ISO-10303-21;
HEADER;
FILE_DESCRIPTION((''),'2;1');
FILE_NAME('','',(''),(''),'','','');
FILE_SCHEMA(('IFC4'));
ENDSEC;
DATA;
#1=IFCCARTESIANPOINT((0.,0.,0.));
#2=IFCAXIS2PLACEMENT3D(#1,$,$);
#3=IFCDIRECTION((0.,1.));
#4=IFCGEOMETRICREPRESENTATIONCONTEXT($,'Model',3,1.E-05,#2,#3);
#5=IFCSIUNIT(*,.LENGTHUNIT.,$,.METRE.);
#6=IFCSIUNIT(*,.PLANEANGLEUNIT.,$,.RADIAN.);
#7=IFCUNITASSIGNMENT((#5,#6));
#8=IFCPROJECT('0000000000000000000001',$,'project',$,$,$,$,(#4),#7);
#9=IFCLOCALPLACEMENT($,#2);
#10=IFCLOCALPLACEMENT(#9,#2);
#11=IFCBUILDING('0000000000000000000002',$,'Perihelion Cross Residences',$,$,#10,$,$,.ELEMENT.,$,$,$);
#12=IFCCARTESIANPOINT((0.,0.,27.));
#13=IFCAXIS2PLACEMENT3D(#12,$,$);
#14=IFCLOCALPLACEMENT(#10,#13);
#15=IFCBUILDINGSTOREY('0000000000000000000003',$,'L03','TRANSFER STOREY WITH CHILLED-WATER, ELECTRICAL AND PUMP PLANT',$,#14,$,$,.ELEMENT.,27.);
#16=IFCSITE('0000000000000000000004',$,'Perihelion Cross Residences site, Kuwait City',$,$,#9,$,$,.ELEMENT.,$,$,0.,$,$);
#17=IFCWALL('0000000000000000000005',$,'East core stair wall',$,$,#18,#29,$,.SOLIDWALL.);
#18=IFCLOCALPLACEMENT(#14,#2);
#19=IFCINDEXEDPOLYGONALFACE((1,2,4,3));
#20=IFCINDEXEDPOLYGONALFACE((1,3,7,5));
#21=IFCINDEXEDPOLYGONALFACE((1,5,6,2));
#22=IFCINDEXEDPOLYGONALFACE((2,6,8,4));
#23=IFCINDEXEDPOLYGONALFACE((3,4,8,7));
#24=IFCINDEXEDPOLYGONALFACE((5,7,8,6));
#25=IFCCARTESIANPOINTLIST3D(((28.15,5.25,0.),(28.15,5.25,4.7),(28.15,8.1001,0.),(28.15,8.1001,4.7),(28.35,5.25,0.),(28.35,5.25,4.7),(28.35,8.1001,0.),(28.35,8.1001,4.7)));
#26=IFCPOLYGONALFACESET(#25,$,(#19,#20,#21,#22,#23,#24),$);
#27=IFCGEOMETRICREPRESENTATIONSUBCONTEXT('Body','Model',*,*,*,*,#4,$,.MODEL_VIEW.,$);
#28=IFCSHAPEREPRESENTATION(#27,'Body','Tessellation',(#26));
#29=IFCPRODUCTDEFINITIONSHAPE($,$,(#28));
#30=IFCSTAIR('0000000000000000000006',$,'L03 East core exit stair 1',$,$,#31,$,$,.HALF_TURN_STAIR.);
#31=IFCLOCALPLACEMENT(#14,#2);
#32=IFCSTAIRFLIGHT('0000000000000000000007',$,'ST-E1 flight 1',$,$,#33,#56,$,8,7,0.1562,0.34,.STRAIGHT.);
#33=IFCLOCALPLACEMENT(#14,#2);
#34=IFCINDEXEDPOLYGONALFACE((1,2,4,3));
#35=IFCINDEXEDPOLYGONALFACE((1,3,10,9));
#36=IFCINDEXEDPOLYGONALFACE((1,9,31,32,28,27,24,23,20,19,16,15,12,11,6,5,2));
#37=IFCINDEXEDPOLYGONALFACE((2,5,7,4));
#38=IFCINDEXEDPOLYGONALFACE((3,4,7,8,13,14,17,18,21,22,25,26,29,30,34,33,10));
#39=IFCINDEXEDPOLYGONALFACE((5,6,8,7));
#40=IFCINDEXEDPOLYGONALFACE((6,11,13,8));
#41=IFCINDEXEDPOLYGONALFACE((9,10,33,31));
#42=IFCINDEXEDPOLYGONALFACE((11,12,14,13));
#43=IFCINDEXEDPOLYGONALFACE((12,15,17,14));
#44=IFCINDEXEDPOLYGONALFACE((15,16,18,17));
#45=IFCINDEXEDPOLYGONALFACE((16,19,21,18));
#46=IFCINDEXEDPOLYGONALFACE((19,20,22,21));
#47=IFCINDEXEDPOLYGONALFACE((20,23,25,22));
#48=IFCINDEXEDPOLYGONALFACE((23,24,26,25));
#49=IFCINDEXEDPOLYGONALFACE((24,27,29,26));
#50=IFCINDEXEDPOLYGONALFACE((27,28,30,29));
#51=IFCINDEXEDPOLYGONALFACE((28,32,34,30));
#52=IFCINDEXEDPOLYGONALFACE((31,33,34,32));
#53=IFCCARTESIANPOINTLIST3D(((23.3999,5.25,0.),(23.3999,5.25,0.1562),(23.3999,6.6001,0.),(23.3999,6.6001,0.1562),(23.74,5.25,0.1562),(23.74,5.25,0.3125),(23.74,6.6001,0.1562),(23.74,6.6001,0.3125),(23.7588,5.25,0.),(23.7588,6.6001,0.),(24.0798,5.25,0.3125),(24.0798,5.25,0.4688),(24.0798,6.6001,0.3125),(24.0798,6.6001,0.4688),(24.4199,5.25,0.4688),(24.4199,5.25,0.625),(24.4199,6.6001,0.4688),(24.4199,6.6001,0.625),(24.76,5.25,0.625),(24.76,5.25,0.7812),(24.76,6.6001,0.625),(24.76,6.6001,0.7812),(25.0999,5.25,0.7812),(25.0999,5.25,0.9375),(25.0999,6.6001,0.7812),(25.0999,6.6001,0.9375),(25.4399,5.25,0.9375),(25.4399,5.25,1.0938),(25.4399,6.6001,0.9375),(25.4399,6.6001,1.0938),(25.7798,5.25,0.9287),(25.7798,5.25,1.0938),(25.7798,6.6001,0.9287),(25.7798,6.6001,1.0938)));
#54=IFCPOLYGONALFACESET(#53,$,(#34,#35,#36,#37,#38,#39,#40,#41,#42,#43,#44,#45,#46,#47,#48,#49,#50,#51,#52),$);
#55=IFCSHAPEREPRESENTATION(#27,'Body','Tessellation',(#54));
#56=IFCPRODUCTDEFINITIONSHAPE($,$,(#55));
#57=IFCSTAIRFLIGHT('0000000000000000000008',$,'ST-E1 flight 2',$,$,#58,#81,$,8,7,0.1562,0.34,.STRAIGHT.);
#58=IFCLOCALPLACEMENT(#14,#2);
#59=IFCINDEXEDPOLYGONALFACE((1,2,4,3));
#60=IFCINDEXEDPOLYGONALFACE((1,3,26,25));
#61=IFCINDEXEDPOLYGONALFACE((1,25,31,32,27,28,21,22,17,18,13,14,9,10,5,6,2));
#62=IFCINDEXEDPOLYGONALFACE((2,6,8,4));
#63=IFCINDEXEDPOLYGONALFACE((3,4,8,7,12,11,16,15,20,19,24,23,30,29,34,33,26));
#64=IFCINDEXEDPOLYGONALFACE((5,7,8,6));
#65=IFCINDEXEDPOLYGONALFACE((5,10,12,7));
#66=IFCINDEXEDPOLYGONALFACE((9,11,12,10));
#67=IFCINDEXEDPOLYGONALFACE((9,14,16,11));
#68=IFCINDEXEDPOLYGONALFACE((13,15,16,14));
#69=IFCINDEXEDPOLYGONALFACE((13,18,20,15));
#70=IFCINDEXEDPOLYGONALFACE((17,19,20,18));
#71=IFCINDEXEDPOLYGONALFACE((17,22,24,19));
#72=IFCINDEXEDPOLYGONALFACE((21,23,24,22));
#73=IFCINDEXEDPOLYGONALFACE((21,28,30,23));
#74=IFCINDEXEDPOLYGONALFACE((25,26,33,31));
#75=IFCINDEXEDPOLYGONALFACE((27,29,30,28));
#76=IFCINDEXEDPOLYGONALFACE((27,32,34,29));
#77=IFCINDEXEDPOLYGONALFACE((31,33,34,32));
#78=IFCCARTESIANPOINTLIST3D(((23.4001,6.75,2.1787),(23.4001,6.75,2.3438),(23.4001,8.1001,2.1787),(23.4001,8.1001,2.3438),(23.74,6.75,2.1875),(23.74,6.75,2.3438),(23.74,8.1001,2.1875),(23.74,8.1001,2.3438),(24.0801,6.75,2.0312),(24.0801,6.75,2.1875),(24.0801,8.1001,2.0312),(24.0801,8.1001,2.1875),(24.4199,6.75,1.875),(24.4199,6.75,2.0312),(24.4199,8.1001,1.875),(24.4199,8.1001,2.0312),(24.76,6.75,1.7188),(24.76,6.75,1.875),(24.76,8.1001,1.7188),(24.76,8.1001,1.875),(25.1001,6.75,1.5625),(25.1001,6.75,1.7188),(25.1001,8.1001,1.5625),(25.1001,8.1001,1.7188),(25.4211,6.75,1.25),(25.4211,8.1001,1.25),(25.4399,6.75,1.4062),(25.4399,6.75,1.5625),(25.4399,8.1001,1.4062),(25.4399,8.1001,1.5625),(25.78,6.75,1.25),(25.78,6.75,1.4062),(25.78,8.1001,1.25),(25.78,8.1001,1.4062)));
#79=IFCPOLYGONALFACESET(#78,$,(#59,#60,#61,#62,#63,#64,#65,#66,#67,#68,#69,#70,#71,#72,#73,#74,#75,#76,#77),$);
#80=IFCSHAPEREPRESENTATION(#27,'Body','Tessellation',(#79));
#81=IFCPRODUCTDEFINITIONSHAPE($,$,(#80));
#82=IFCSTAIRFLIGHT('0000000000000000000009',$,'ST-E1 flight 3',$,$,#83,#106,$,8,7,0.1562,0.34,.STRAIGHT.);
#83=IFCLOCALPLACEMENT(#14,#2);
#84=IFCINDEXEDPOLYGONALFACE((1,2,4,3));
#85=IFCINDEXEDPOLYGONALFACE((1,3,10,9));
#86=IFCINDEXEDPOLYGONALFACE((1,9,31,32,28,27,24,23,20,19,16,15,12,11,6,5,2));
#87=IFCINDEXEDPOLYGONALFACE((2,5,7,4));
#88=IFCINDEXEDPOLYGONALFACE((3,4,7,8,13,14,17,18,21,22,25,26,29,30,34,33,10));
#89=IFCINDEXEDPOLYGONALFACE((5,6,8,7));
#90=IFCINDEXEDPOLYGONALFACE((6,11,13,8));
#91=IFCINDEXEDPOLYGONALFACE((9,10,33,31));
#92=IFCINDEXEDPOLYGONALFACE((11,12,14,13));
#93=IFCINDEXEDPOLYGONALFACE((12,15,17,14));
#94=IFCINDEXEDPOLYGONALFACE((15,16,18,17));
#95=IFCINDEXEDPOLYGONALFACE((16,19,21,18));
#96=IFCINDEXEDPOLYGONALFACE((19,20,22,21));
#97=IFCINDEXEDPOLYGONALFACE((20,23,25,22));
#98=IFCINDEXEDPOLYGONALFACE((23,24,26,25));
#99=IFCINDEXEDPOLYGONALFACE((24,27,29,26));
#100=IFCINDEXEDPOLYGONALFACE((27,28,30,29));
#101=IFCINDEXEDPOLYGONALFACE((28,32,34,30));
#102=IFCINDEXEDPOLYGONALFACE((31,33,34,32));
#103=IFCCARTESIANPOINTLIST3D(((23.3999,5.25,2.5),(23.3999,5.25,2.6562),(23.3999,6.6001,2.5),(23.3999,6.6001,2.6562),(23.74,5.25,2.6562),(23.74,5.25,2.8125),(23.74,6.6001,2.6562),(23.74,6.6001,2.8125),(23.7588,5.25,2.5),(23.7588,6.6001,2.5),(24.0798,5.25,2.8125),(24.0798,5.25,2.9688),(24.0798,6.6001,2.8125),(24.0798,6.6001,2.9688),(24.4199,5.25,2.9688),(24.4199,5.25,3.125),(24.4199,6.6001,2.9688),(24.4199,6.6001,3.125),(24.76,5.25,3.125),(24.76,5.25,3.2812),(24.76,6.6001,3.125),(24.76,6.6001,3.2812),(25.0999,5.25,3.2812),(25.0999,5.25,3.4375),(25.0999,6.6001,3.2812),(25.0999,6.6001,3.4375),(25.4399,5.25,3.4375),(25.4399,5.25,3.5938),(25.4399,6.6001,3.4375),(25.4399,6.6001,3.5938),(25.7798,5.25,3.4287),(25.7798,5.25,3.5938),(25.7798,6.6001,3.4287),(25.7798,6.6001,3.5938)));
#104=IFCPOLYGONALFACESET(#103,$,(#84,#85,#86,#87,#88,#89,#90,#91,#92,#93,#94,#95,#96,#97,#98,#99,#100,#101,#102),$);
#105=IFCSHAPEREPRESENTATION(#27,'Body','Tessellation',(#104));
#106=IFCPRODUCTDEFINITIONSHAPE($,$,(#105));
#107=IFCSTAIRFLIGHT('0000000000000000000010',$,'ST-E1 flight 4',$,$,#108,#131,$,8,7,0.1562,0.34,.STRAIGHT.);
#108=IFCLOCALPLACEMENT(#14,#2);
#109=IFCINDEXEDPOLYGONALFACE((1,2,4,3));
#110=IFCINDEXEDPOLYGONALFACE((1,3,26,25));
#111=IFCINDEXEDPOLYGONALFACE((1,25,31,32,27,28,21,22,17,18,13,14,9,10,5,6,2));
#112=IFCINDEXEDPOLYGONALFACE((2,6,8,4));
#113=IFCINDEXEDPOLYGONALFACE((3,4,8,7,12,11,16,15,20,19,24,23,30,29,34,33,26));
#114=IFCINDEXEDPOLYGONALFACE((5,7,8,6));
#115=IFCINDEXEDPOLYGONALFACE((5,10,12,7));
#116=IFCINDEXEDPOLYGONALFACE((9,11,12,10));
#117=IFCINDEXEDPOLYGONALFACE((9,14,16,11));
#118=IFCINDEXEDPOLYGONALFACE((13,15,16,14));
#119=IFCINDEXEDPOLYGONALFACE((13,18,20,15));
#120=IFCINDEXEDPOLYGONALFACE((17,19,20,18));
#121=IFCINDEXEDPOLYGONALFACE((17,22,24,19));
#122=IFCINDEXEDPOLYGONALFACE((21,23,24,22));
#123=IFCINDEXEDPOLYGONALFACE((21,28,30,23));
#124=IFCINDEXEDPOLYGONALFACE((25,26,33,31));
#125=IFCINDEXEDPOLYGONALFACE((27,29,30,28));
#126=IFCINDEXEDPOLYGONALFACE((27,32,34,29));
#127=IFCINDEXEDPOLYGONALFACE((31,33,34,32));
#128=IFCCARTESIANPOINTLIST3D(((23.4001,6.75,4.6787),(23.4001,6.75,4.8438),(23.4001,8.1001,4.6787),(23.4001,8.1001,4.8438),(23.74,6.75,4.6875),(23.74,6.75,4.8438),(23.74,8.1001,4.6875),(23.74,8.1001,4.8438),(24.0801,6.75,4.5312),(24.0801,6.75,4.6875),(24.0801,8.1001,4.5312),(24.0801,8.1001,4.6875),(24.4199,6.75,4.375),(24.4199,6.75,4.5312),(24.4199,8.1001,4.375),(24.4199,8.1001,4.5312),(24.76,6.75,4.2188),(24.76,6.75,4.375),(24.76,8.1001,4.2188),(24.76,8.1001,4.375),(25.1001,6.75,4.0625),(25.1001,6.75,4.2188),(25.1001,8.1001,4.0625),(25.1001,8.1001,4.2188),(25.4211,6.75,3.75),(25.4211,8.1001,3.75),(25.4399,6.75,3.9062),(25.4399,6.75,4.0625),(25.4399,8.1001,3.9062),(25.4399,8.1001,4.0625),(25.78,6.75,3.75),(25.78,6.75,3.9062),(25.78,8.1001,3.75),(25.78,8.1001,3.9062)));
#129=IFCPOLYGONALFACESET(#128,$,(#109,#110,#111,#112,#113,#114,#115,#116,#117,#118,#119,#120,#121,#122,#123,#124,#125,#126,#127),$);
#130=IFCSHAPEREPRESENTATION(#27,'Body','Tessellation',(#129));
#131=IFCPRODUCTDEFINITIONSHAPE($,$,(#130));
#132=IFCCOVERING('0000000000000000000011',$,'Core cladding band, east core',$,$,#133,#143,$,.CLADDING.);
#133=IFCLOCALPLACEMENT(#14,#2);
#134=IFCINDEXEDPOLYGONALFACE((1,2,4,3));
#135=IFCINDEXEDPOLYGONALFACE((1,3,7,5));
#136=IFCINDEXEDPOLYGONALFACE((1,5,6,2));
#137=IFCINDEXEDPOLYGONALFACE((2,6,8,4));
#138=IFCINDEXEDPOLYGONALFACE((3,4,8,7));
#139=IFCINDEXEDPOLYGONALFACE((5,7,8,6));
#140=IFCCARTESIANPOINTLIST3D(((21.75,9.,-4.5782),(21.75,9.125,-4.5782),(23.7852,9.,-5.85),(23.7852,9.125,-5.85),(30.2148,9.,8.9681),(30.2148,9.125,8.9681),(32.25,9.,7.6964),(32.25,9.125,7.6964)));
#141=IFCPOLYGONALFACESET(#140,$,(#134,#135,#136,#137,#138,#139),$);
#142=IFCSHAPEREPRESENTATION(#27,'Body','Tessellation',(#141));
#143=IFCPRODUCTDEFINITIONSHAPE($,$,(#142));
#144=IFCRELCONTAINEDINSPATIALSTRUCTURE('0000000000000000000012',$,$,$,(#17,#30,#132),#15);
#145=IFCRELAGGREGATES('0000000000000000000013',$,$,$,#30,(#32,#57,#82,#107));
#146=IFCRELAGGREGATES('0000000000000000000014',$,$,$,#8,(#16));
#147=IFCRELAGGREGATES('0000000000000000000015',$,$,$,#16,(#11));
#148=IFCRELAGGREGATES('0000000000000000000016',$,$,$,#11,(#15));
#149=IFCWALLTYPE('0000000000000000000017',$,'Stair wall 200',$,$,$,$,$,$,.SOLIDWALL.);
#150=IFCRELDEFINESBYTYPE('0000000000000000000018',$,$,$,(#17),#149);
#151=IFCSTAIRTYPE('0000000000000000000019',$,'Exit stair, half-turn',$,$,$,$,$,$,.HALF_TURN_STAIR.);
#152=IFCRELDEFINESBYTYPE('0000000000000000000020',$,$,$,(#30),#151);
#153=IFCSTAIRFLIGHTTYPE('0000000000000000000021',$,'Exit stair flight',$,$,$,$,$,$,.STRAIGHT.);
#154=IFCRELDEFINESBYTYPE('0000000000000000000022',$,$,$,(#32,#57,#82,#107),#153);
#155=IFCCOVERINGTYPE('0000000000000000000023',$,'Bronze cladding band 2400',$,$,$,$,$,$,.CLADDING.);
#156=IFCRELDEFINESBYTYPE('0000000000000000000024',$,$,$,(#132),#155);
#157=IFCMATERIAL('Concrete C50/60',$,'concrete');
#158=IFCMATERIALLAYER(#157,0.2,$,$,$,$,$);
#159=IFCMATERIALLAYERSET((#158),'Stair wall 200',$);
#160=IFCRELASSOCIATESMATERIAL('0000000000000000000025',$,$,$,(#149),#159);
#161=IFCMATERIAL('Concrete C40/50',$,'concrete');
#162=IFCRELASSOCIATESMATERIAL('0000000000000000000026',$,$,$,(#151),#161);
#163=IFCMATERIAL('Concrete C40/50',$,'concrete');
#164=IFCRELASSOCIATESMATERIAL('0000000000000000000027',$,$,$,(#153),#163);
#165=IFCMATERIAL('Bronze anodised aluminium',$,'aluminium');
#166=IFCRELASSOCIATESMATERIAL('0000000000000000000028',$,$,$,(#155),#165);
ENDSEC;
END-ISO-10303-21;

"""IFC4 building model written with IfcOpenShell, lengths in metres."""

from ifc_helpers import new_model, si_unit, direction, frame, frame_2d, origin, origin_2d, place, context, subcontext, project, spatial, polyline, rectangle, outline, extrude, material, layer, layer_set, material_profile, profile_set, type_object, element, aggregate, save


model = new_model("IFC4")

# Units and contexts
model_context = context("Model", 3, precision=1e-05, world=origin(), true_north=direction((0.0, 1.0)))
body_context = subcontext(model_context, "Body", "Model", "MODEL_VIEW")
ifc_project = project(units=[si_unit("LENGTHUNIT", "METRE"), si_unit("PLANEANGLEUNIT", "RADIAN")], contexts=[model_context])

# Site, building, storey
site_placement = place(None, origin())
site = spatial("IfcSite", under=ifc_project, at=site_placement, Name="Perihelion Cross Residences site, Kuwait City", CompositionType="ELEMENT", RefElevation=0.0)
building_placement = place(site_placement, origin())
building = spatial("IfcBuilding", under=site, at=building_placement, Name="Perihelion Cross Residences", CompositionType="ELEMENT")
storey_placement = place(building_placement, frame((0.0, 0.0, 27.0)))
storey = spatial("IfcBuildingStorey", under=building, at=storey_placement, Name="L03", Description="TRANSFER STOREY WITH CHILLED-WATER, ELECTRICAL AND PUMP PLANT", CompositionType="ELEMENT", Elevation=27.0)

# Shared definitions
ifc_material_1 = material(Name="Concrete C50/60", Category="concrete")
ifc_layer_1 = layer(ifc_material_1, 0.2)
ifc_layer_set_1 = layer_set([ifc_layer_1], Name="Stair wall 200")
wall_type_1 = type_object("IfcWallType", Name="Stair wall 200", PredefinedType="SOLIDWALL", material=ifc_layer_set_1)

# Wall
wall_1_placement = place(storey_placement, frame((28.25, 5.25, 0.0), z_axis=(0.0, 0.0, 1.0), x_axis=(0.0, 1.0, 0.0)))
element("IfcWall", 1, at=wall_1_placement, inside=storey, type_object=wall_type_1, Name="East core stair wall", PredefinedType="SOLIDWALL", context=body_context, shape_type="SweptSolid", body=[
    extrude(rectangle(XDim=2.8501, YDim=0.2, at=frame_2d((1.425, 0.0))), origin(), (0.0, 0.0, 1.0), 4.7),
])

# Stair, stair flights
ifc_material_2 = material(Name="Concrete C40/50", Category="concrete")
stair_type = type_object("IfcStairType", Name="Exit stair, half-turn", PredefinedType="HALF_TURN_STAIR", material=ifc_material_2)
stair_placement = place(storey_placement, origin())
stair = element("IfcStair", 2, at=stair_placement, inside=storey, type_object=stair_type, Name="L03 East core exit stair 1", PredefinedType="HALF_TURN_STAIR")
ifc_material_3 = material(Name="Concrete C40/50", Category="concrete")
stair_flight_type = type_object("IfcStairFlightType", Name="Exit stair flight", PredefinedType="STRAIGHT", material=ifc_material_3)
stair_flight_1_placement = place(storey_placement, frame((23.3999, 5.925, 0.0), z_axis=(0.0, 0.0, 1.0), x_axis=(1.0, 0.0, 0.0)))
stair_flight_1 = element("IfcStairFlight", 3, at=stair_flight_1_placement, type_object=stair_flight_type, Name="ST-E1 flight 1", NumberOfRisers=8, NumberOfTreads=7, PredefinedType="STRAIGHT", RiserHeight=0.1562, TreadLength=0.34, context=body_context, shape_type="SweptSolid", body=[
    extrude(outline(polyline([(0.0, 0.0), (0.0, 0.1562), (0.3401, 0.1562), (0.3401, 0.3125), (0.6799, 0.3125), (0.6799, 0.4688), (1.02, 0.4688), (1.02, 0.625), (1.3601, 0.625), (1.3601, 0.7812), (1.7, 0.7812), (1.7, 0.9375), (2.04, 0.9375), (2.04, 1.0938), (2.3799, 1.0938), (2.3799, 1.25), (2.3799, 0.9287), (0.3589, 0.0), (0.0, 0.0)])), frame((0.0, 0.675, 0.0), z_axis=(0.0, -1.0, 0.0), x_axis=(1.0, 0.0, 0.0)), (0.0, 0.0, 1.0), 1.3501),
])
stair_flight_2_placement = place(storey_placement, frame((25.78, 7.425, 1.25), z_axis=(0.0, 0.0, 1.0), x_axis=(-1.0, 0.0, 0.0)))
stair_flight_2 = element("IfcStairFlight", 4, at=stair_flight_2_placement, type_object=stair_flight_type, Name="ST-E1 flight 2", NumberOfRisers=8, NumberOfTreads=7, PredefinedType="STRAIGHT", RiserHeight=0.1562, TreadLength=0.34, context=body_context, shape_type="SweptSolid", body=[
    extrude(outline(polyline([(0.0, 0.0), (0.0, 0.1562), (0.3401, 0.1562), (0.3401, 0.3125), (0.6799, 0.3125), (0.6799, 0.4688), (1.02, 0.4688), (1.02, 0.625), (1.3601, 0.625), (1.3601, 0.7812), (1.7, 0.7812), (1.7, 0.9375), (2.04, 0.9375), (2.04, 1.0938), (2.3799, 1.0938), (2.3799, 1.25), (2.3799, 0.9287), (0.3589, 0.0), (0.0, 0.0)])), frame((0.0, 0.675, 0.0), z_axis=(0.0, -1.0, 0.0), x_axis=(1.0, 0.0, 0.0)), (0.0, 0.0, 1.0), 1.3501),
])
stair_flight_3_placement = place(storey_placement, frame((23.3999, 5.925, 2.5), z_axis=(0.0, 0.0, 1.0), x_axis=(1.0, 0.0, 0.0)))
stair_flight_3 = element("IfcStairFlight", 5, at=stair_flight_3_placement, type_object=stair_flight_type, Name="ST-E1 flight 3", NumberOfRisers=8, NumberOfTreads=7, PredefinedType="STRAIGHT", RiserHeight=0.1562, TreadLength=0.34, context=body_context, shape_type="SweptSolid", body=[
    extrude(outline(polyline([(0.0, 0.0), (0.0, 0.1562), (0.3401, 0.1562), (0.3401, 0.3125), (0.6799, 0.3125), (0.6799, 0.4688), (1.02, 0.4688), (1.02, 0.625), (1.3601, 0.625), (1.3601, 0.7812), (1.7, 0.7812), (1.7, 0.9375), (2.04, 0.9375), (2.04, 1.0938), (2.3799, 1.0938), (2.3799, 1.25), (2.3799, 0.9287), (0.3589, 0.0), (0.0, 0.0)])), frame((0.0, 0.675, 0.0), z_axis=(0.0, -1.0, 0.0), x_axis=(1.0, 0.0, 0.0)), (0.0, 0.0, 1.0), 1.3501),
])
stair_flight_4_placement = place(storey_placement, frame((25.78, 7.425, 3.75), z_axis=(0.0, 0.0, 1.0), x_axis=(-1.0, 0.0, 0.0)))
stair_flight_4 = element("IfcStairFlight", 6, at=stair_flight_4_placement, type_object=stair_flight_type, Name="ST-E1 flight 4", NumberOfRisers=8, NumberOfTreads=7, PredefinedType="STRAIGHT", RiserHeight=0.1562, TreadLength=0.34, context=body_context, shape_type="SweptSolid", body=[
    extrude(outline(polyline([(0.0, 0.0), (0.0, 0.1562), (0.3401, 0.1562), (0.3401, 0.3125), (0.6799, 0.3125), (0.6799, 0.4688), (1.02, 0.4688), (1.02, 0.625), (1.3601, 0.625), (1.3601, 0.7812), (1.7, 0.7812), (1.7, 0.9375), (2.04, 0.9375), (2.04, 1.0938), (2.3799, 1.0938), (2.3799, 1.25), (2.3799, 0.9287), (0.3589, 0.0), (0.0, 0.0)])), frame((0.0, 0.675, 0.0), z_axis=(0.0, -1.0, 0.0), x_axis=(1.0, 0.0, 0.0)), (0.0, 0.0, 1.0), 1.3501),
])
aggregate(stair, [stair_flight_1, stair_flight_2, stair_flight_3, stair_flight_4])

# Covering
ifc_material_4 = material(Name="Bronze anodised aluminium", Category="aluminium")
ifc_material_profile = material_profile(ifc_material_4, rectangle(XDim=0.125, YDim=2.3999, at=origin_2d()), Name="Bronze cladding band 2400")
ifc_profile_set = profile_set([ifc_material_profile], Name="Bronze anodised aluminium")
covering_type = type_object("IfcCoveringType", Name="Bronze cladding band 2400", PredefinedType="CLADDING", material=ifc_profile_set)
covering_placement = place(storey_placement, frame((22.7676, 9.0625, -5.2141), z_axis=(0.529925, 0.0, 0.848045), x_axis=(0.0, 1.0, 0.0)))
element("IfcCovering", 7, at=covering_placement, inside=storey, type_object=covering_type, Name="Core cladding band, east core", PredefinedType="CLADDING", context=body_context, shape_type="SweptSolid", body=[
    extrude(rectangle(XDim=0.125, YDim=2.3999, at=origin_2d()), origin(), (0.0, 0.0, 1.0), 15.9736),
])

save(model, "model.ifc")
